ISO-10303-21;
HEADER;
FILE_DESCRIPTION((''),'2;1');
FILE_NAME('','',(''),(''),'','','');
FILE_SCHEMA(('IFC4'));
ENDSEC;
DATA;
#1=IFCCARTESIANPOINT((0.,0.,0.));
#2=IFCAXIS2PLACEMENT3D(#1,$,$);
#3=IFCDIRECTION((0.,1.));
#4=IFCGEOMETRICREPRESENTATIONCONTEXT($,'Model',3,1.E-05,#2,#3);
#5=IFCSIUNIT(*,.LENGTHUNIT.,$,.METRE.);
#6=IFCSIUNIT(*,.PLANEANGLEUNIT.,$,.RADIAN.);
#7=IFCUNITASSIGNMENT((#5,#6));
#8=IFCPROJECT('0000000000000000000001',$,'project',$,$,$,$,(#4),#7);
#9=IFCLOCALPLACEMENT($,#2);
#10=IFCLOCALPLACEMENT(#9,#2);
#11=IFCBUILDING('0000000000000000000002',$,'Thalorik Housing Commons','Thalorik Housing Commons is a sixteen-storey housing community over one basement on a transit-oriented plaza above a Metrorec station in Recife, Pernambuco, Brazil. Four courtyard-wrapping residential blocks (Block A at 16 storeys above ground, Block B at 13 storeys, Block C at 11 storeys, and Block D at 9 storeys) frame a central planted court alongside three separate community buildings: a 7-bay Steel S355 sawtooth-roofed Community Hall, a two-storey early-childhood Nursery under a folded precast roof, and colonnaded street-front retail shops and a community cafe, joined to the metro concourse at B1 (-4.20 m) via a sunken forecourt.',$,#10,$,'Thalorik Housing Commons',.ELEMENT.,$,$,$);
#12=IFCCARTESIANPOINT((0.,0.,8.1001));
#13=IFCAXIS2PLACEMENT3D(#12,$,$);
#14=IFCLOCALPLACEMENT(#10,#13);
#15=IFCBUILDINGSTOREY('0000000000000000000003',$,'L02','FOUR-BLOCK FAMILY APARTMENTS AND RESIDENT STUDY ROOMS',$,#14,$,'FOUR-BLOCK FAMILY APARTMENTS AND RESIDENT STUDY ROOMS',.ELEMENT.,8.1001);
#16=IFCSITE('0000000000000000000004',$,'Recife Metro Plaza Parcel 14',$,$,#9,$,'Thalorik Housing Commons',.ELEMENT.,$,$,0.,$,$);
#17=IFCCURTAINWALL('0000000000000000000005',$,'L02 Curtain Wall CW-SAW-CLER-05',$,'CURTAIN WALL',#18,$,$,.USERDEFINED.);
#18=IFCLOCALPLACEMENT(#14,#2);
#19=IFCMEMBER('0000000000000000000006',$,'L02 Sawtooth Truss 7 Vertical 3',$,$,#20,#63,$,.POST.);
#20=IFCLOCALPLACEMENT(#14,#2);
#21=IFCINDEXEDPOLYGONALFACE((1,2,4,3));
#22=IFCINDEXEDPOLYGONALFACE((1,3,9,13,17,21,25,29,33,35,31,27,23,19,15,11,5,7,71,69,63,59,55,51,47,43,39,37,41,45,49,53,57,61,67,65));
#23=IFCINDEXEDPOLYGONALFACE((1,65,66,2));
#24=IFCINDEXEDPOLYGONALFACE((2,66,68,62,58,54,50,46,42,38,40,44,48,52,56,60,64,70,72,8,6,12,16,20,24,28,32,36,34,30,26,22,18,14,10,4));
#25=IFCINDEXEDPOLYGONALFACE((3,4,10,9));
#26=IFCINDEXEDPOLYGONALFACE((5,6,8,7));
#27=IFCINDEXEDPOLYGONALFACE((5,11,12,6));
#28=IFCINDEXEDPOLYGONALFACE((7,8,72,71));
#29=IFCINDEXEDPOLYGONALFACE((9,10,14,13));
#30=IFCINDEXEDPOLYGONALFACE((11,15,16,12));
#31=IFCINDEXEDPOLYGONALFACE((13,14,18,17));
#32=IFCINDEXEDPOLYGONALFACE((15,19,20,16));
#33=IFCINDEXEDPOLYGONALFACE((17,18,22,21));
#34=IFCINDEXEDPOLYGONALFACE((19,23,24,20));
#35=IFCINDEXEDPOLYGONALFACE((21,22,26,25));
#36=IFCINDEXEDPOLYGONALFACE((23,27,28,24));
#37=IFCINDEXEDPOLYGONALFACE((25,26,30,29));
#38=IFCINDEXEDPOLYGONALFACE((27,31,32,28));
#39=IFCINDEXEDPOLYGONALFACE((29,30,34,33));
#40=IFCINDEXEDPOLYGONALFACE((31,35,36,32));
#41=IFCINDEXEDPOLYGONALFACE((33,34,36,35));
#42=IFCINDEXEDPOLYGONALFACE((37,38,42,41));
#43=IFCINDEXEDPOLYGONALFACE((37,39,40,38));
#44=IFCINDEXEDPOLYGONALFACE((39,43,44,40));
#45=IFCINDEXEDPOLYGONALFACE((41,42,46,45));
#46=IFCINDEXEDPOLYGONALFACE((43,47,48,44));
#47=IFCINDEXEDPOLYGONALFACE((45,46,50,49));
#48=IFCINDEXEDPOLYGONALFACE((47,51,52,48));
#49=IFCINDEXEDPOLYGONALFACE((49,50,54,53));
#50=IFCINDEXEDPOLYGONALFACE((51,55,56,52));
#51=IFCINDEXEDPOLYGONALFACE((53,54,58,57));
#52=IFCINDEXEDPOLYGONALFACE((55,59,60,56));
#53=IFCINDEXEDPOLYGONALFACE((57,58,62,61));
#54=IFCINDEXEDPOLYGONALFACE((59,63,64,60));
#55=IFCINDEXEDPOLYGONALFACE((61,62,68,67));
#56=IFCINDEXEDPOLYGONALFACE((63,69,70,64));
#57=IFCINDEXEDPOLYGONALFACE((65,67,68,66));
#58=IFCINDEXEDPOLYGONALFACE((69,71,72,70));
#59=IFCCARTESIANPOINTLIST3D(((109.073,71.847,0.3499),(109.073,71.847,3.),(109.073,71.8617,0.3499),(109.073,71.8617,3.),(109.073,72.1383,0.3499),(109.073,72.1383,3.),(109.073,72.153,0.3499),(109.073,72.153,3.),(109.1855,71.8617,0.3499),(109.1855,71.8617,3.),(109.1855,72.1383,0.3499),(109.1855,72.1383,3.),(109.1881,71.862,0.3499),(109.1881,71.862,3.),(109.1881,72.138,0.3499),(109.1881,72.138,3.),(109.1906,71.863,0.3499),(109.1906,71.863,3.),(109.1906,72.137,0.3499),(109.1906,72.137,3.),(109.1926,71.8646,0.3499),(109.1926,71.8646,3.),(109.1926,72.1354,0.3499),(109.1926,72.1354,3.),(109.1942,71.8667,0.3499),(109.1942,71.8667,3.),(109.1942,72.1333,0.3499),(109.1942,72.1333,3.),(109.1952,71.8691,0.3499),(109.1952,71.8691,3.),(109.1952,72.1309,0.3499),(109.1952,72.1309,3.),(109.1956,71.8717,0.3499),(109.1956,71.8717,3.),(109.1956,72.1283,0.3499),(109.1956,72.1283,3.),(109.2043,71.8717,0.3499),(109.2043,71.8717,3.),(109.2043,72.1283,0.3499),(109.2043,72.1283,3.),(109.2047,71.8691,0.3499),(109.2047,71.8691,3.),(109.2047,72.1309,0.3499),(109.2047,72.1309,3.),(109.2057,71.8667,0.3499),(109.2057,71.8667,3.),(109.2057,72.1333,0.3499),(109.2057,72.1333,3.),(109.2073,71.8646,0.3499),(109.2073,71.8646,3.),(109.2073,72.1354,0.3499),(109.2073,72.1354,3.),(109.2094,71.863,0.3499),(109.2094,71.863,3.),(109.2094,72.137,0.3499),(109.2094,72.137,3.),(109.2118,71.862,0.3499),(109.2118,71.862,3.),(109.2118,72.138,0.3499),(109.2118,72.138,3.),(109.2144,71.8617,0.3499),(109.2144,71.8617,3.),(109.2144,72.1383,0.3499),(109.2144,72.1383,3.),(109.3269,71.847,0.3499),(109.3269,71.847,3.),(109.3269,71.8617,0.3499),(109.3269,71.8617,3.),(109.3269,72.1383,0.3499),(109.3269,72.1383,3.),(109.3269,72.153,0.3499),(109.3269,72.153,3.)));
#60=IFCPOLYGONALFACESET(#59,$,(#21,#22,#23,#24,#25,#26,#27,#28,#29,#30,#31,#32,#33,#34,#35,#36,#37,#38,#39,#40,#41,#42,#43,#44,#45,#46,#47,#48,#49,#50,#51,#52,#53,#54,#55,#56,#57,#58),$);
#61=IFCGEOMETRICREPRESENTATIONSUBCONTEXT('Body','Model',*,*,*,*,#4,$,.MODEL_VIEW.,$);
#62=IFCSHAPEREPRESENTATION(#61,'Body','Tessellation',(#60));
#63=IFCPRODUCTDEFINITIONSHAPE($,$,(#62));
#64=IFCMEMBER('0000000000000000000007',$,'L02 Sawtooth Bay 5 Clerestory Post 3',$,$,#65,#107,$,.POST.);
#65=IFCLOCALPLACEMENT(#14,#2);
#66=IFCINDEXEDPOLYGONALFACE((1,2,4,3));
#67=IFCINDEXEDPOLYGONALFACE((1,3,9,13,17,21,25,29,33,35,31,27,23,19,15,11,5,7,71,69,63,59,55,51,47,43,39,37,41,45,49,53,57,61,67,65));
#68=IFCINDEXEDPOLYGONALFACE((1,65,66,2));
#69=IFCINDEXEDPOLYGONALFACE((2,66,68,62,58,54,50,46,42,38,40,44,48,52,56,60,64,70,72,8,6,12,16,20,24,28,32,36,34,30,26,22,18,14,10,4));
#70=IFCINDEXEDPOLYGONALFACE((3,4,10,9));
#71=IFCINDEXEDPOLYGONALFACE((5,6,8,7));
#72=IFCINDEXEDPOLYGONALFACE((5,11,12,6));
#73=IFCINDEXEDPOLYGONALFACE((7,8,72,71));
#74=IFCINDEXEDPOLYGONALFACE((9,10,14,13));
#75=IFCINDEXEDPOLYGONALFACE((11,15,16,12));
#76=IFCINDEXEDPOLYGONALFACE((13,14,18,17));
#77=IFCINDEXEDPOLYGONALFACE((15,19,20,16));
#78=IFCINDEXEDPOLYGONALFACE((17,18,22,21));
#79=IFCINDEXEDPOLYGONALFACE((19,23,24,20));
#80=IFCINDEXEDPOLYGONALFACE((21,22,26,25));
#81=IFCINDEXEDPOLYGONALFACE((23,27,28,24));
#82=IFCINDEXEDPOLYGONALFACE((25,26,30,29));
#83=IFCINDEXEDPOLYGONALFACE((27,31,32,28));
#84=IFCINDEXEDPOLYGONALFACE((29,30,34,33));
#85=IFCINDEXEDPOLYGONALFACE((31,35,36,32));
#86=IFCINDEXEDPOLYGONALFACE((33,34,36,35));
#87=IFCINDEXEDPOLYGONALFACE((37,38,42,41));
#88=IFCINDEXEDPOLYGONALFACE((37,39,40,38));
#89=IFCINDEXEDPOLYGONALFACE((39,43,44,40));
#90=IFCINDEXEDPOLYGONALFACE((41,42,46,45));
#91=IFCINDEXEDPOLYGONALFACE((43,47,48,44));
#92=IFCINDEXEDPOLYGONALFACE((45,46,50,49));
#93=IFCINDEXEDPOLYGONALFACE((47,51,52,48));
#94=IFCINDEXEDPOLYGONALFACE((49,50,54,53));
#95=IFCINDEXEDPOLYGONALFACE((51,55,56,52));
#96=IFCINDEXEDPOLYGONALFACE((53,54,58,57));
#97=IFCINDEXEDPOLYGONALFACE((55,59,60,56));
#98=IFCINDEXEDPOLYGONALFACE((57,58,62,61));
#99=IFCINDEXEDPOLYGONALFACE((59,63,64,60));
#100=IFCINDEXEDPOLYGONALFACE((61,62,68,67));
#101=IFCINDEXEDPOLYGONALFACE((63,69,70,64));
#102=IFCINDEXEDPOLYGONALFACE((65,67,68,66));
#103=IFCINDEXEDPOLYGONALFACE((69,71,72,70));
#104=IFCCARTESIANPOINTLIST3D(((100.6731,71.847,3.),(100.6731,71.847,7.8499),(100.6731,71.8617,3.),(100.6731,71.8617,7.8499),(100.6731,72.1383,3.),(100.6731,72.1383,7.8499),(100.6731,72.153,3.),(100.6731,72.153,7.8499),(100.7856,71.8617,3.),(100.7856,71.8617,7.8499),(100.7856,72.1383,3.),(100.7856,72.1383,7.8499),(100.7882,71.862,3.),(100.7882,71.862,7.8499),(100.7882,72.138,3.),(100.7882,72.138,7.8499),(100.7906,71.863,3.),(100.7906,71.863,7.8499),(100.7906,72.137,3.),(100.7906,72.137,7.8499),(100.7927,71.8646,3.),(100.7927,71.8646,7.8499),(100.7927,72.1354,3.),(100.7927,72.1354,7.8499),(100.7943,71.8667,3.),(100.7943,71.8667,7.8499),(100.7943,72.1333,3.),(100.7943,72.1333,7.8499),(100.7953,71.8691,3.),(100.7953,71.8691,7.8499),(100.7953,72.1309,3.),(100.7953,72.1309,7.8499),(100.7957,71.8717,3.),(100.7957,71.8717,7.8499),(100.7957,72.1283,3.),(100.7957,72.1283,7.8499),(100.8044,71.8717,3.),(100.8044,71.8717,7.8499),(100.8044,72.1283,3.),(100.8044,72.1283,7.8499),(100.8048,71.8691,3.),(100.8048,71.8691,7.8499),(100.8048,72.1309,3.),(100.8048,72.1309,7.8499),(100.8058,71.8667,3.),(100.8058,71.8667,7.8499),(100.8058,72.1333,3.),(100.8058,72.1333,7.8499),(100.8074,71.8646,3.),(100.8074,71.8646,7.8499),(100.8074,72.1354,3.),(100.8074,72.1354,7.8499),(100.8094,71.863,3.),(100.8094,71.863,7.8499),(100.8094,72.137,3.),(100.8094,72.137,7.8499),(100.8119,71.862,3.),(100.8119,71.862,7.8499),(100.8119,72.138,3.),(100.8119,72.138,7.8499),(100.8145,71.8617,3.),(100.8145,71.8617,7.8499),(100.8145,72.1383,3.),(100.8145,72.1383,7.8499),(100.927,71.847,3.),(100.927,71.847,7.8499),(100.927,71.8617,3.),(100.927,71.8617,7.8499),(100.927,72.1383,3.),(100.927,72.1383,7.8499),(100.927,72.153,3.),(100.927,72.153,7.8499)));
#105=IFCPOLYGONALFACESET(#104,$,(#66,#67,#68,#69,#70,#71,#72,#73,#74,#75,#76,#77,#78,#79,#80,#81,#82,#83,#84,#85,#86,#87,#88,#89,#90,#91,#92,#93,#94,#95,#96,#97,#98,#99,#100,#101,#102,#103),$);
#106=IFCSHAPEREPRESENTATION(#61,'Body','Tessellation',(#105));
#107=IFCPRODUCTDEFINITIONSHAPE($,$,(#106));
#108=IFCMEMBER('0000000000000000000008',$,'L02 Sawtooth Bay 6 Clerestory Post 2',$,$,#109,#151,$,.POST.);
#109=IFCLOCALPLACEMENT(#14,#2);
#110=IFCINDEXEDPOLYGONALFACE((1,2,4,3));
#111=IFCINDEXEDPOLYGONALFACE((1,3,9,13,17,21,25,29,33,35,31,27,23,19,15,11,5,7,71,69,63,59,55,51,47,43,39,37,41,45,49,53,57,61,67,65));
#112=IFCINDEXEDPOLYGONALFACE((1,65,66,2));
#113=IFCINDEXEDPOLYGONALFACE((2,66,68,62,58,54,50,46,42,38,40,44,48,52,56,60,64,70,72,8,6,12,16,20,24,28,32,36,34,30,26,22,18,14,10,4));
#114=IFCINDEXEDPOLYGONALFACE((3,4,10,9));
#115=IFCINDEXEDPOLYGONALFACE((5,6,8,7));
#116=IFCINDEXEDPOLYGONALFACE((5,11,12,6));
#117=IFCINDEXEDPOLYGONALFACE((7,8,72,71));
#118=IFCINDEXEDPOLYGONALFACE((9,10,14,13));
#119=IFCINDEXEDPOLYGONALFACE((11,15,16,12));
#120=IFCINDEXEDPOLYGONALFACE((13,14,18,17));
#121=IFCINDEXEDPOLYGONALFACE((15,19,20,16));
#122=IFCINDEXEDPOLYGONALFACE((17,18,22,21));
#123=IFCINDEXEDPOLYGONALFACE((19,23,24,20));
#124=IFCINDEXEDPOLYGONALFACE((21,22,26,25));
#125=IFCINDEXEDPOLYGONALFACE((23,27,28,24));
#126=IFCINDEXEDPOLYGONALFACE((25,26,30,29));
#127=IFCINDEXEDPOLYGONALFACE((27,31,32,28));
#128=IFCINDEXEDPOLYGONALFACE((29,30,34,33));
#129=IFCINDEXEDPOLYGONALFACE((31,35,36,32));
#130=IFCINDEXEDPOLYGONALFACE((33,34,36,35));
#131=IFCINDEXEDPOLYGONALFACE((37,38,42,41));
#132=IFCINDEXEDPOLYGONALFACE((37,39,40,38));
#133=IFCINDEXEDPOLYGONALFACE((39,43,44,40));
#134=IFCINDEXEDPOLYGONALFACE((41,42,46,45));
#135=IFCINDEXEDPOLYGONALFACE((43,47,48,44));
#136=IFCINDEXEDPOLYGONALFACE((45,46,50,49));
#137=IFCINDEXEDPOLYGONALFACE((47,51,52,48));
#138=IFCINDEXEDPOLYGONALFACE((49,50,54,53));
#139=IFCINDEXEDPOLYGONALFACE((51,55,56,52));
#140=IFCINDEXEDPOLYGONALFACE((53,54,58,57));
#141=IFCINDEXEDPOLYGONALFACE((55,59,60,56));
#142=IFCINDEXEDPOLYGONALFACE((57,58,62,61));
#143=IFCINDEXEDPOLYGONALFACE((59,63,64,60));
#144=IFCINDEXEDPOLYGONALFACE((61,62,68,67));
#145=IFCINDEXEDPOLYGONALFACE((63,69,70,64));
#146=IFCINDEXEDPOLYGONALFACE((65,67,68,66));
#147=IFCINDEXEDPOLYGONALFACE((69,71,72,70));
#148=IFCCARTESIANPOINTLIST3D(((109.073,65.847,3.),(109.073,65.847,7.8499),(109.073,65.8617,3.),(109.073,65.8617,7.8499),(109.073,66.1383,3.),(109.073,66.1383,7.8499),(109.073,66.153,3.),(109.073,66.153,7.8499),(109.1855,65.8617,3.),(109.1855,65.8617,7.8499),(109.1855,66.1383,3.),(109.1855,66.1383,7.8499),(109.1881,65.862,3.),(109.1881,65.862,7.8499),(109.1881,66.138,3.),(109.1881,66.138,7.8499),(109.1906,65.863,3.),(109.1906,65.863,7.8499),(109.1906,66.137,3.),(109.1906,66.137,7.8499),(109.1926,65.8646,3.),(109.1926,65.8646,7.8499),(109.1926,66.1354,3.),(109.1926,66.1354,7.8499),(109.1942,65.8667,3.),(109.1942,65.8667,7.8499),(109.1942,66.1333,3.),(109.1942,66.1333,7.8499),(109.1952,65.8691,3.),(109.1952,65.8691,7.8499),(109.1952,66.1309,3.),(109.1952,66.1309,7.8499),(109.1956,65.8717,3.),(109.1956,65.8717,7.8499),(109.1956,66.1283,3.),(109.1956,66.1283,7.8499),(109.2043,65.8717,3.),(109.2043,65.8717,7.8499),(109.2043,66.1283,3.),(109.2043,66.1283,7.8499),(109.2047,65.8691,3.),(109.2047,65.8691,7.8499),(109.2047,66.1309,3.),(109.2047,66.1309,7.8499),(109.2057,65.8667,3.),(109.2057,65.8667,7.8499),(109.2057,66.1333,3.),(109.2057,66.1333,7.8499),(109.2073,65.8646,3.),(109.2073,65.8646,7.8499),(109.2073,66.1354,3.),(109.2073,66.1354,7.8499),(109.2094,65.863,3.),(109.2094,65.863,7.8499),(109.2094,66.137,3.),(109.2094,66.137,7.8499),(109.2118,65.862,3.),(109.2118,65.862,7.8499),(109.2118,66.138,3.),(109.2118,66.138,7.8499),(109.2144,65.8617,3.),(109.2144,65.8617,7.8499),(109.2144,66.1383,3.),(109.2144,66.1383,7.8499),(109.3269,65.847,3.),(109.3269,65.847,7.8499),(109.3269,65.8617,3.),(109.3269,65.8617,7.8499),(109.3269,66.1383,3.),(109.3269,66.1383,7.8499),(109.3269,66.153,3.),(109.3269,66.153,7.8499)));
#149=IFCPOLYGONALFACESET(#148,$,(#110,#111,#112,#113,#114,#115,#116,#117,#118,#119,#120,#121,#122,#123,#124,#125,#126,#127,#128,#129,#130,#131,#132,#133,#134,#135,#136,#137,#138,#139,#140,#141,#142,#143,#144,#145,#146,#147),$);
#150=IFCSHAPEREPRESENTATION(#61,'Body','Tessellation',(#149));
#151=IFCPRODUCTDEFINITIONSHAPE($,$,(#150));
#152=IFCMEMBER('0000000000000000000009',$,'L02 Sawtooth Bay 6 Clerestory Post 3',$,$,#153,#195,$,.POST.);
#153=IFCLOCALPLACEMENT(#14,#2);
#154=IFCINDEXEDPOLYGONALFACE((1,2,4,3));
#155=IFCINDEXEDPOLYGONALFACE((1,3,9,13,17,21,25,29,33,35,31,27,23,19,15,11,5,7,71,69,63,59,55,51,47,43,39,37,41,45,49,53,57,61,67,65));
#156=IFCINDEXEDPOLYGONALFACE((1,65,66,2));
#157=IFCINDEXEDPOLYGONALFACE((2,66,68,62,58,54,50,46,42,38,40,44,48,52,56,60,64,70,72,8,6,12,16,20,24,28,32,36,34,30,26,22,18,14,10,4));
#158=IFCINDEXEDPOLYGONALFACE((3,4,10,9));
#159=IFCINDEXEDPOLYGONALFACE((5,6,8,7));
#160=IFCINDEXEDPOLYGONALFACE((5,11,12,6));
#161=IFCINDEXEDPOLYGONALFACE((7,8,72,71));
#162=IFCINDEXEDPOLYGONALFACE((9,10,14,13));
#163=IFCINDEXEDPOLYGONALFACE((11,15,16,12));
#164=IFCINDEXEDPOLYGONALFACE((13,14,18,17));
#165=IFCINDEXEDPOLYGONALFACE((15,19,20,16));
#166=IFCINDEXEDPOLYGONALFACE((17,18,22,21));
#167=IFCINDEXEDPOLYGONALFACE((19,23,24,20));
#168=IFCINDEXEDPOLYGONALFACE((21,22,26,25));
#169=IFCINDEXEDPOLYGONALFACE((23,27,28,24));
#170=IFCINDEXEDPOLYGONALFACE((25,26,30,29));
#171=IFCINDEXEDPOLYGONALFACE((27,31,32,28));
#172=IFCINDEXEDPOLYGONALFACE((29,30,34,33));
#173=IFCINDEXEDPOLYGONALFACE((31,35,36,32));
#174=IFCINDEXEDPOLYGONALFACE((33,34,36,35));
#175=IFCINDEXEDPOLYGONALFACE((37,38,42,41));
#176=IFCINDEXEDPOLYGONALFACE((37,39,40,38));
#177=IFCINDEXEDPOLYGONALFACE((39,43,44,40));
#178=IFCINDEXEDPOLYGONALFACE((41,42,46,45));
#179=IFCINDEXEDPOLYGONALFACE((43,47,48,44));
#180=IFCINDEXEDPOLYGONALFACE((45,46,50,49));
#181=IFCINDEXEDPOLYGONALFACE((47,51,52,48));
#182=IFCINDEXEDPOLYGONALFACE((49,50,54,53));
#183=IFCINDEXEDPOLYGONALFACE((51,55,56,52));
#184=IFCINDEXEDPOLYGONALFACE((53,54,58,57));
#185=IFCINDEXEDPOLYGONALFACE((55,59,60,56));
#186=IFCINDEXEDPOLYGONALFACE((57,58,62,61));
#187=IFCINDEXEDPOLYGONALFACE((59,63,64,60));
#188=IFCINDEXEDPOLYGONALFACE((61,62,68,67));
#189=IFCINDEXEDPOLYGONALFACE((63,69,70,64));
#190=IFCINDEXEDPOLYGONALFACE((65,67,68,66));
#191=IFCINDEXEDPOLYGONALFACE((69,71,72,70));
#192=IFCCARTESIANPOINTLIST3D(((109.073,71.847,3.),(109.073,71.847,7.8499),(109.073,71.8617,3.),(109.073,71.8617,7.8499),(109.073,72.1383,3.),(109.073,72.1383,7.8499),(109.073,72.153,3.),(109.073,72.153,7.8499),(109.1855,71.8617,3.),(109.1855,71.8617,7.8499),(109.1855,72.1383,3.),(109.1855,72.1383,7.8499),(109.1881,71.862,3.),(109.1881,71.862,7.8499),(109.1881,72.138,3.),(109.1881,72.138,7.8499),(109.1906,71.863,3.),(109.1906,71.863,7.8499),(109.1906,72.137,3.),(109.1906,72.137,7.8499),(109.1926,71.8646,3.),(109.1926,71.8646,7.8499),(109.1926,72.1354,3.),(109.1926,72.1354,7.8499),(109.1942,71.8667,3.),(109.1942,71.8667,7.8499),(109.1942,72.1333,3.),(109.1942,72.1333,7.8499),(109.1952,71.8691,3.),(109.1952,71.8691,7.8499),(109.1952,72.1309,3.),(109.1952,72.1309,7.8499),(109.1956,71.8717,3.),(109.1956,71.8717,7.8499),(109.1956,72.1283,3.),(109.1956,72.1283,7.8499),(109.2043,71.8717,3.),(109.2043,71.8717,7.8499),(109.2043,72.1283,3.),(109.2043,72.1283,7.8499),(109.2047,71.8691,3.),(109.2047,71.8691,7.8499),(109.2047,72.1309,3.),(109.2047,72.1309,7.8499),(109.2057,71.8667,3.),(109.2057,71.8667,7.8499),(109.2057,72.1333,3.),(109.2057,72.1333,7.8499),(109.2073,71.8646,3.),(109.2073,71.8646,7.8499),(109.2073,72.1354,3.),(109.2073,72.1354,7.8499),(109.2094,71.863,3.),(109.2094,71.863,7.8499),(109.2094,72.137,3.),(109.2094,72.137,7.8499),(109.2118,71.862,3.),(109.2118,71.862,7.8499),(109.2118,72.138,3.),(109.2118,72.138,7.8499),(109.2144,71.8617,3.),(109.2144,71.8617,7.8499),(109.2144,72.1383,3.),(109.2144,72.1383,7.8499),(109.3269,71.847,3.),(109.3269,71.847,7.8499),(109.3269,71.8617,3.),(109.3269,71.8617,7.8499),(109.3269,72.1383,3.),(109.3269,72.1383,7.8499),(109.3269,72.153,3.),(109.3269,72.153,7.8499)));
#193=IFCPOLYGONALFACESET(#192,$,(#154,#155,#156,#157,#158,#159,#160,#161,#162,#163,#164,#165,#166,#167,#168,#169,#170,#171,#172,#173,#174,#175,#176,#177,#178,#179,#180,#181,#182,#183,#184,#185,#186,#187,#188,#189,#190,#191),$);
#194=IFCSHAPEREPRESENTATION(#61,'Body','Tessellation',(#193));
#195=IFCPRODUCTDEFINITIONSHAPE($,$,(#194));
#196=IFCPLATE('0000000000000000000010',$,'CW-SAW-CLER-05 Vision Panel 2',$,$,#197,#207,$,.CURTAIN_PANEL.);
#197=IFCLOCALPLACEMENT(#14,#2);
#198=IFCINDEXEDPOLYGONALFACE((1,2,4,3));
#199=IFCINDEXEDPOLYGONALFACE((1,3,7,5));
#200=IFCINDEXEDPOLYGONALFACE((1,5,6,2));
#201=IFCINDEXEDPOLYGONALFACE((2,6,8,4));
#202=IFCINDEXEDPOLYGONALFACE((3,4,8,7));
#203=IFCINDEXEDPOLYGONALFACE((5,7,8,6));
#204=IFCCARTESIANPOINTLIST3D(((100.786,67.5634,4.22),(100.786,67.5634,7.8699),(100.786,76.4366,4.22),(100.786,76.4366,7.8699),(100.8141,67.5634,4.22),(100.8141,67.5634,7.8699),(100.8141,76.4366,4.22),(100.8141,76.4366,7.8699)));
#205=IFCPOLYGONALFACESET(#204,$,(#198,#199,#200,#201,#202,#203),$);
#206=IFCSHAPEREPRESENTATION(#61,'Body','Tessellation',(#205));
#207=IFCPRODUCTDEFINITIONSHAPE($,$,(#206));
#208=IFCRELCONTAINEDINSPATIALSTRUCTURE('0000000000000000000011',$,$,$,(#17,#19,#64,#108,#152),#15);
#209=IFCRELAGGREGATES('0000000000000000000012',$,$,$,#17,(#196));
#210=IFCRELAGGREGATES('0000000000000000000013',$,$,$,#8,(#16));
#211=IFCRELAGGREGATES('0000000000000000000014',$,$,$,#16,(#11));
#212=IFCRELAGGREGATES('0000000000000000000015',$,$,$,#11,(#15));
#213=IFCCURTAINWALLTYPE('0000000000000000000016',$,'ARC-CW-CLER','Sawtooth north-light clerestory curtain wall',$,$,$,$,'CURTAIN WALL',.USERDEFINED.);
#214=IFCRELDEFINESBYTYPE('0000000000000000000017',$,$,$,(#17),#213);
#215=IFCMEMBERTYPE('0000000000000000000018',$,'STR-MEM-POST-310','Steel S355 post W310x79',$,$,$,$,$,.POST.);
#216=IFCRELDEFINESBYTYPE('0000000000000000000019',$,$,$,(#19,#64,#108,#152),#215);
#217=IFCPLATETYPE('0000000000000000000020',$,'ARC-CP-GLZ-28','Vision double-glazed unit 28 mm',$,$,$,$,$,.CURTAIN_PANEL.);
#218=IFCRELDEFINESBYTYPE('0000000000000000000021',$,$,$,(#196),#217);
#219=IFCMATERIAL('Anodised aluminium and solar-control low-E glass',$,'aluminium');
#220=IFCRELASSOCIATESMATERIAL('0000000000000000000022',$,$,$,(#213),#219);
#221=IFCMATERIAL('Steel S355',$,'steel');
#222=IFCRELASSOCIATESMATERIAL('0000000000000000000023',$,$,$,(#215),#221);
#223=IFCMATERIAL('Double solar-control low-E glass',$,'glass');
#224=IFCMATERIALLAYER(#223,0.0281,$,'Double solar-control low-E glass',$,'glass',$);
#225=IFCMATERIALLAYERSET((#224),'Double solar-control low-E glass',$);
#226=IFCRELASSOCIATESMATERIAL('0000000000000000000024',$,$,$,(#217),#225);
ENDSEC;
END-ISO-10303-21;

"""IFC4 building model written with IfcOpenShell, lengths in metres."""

from ifc_helpers import new_model, si_unit, direction, frame, origin, origin_2d, place, context, subcontext, project, spatial, rectangle, i_section, extrude, material, layer, layer_set, material_profile, profile_set, type_object, element, aggregate, save


model = new_model("IFC4")

# Units and contexts
model_context = context("Model", 3, precision=1e-05, world=origin(), true_north=direction((0.0, 1.0)))
body_context = subcontext(model_context, "Body", "Model", "MODEL_VIEW")
ifc_project = project(units=[si_unit("LENGTHUNIT", "METRE"), si_unit("PLANEANGLEUNIT", "RADIAN")], contexts=[model_context])

# Site, building, storey
site_placement = place(None, origin())
site = spatial("IfcSite", under=ifc_project, at=site_placement, Name="Recife Metro Plaza Parcel 14", LongName="Thalorik Housing Commons", CompositionType="ELEMENT", RefElevation=0.0)
building_placement = place(site_placement, origin())
building = spatial("IfcBuilding", under=site, at=building_placement, Name="Thalorik Housing Commons", Description="Thalorik Housing Commons is a sixteen-storey housing community over one basement on a transit-oriented plaza above a Metrorec station in Recife, Pernambuco, Brazil. Four courtyard-wrapping residential blocks (Block A at 16 storeys above ground, Block B at 13 storeys, Block C at 11 storeys, and Block D at 9 storeys) frame a central planted court alongside three separate community buildings: a 7-bay Steel S355 sawtooth-roofed Community Hall, a two-storey early-childhood Nursery under a folded precast roof, and colonnaded street-front retail shops and a community cafe, joined to the metro concourse at B1 (-4.20 m) via a sunken forecourt.", LongName="Thalorik Housing Commons", CompositionType="ELEMENT")
storey_placement = place(building_placement, frame((0.0, 0.0, 8.1001)))
storey = spatial("IfcBuildingStorey", under=building, at=storey_placement, Name="L02", Description="FOUR-BLOCK FAMILY APARTMENTS AND RESIDENT STUDY ROOMS", LongName="FOUR-BLOCK FAMILY APARTMENTS AND RESIDENT STUDY ROOMS", CompositionType="ELEMENT", Elevation=8.1001)

# Curtain wall
ifc_material_1 = material(Name="Anodised aluminium and solar-control low-E glass", Category="aluminium")
curtain_wall_type = type_object("IfcCurtainWallType", Name="ARC-CW-CLER", Description="Sawtooth north-light clerestory curtain wall", ElementType="CURTAIN WALL", PredefinedType="USERDEFINED", material=ifc_material_1)
curtain_wall_1_placement = place(storey_placement, origin())
curtain_wall_1 = element("IfcCurtainWall", 1, at=curtain_wall_1_placement, inside=storey, type_object=curtain_wall_type, Name="L02 Curtain Wall CW-SAW-CLER-05", ObjectType="CURTAIN WALL", PredefinedType="USERDEFINED")

# Shared definitions
ifc_material_2 = material(Name="Steel S355", Category="steel")

# Members
ifc_material_profile_1 = material_profile(ifc_material_2, i_section(OverallWidth=0.2539, OverallDepth=0.3059, WebThickness=0.0088, FlangeThickness=0.0146, FilletRadius=0.01, at=origin_2d()), Name="W310x79", Category="steel")
ifc_profile_set_1 = profile_set([ifc_material_profile_1], Name="Steel S355")
member_type_1 = type_object("IfcMemberType", Name="STR-MEM-POST-310", Description="Steel S355 post W310x79", PredefinedType="POST", material=ifc_profile_set_1)
for number, where, z_axis, x_axis, name in (
    (2, (109.2, 72.0, 0.3499), (0.0, 0.0, 1.0), (1.0, 0.0, 0.0), "L02 Sawtooth Truss 7 Vertical 3"),
):
    element("IfcMember", number, at=place(storey_placement, frame(where, z_axis=z_axis, x_axis=x_axis)), inside=storey, type_object=member_type_1, Name=name, PredefinedType="POST", context=body_context, shape_type="SweptSolid", body=[
        extrude(i_section(OverallWidth=0.2539, OverallDepth=0.3059, WebThickness=0.0088, FlangeThickness=0.0146, FilletRadius=0.01, at=origin_2d()), origin(), (0.0, 0.0, 1.0), 2.6501),
    ])
for number, where, z_axis, x_axis, name in (
    (3, (100.8, 72.0, 3.0), (0.0, 0.0, 1.0), (1.0, 0.0, 0.0), "L02 Sawtooth Bay 5 Clerestory Post 3"),
    (4, (109.2, 66.0, 3.0), (0.0, 0.0, 1.0), (1.0, 0.0, 0.0), "L02 Sawtooth Bay 6 Clerestory Post 2"),
    (5, (109.2, 72.0, 3.0), (0.0, 0.0, 1.0), (1.0, 0.0, 0.0), "L02 Sawtooth Bay 6 Clerestory Post 3"),
):
    element("IfcMember", number, at=place(storey_placement, frame(where, z_axis=z_axis, x_axis=x_axis)), inside=storey, type_object=member_type_1, Name=name, PredefinedType="POST", context=body_context, shape_type="SweptSolid", body=[
        extrude(i_section(OverallWidth=0.2539, OverallDepth=0.3059, WebThickness=0.0088, FlangeThickness=0.0146, FilletRadius=0.01, at=origin_2d()), origin(), (0.0, 0.0, 1.0), 4.8499),
    ])

# Plate
ifc_material_3 = material(Name="Double solar-control low-E glass", Category="glass")
ifc_layer_1 = layer(ifc_material_3, 0.0281, Name="Double solar-control low-E glass", Category="glass")
ifc_layer_set_1 = layer_set([ifc_layer_1], Name="Double solar-control low-E glass")
plate_type_1 = type_object("IfcPlateType", Name="ARC-CP-GLZ-28", Description="Vision double-glazed unit 28 mm", PredefinedType="CURTAIN_PANEL", material=ifc_layer_set_1)
plate_1_placement = place(storey_placement, frame((100.8, 72.0, 4.22), z_axis=(0.0, 0.0, 1.0), x_axis=(0.0, 1.0, 0.0)))
plate_1 = element("IfcPlate", 6, at=plate_1_placement, type_object=plate_type_1, Name="CW-SAW-CLER-05 Vision Panel 2", PredefinedType="CURTAIN_PANEL", context=body_context, shape_type="SweptSolid", body=[
    extrude(rectangle(XDim=8.8733, YDim=0.0281, at=origin_2d()), origin(), (0.0, 0.0, 1.0), 3.6499),
])
aggregate(curtain_wall_1, [plate_1])

save(model, "model.ifc")
